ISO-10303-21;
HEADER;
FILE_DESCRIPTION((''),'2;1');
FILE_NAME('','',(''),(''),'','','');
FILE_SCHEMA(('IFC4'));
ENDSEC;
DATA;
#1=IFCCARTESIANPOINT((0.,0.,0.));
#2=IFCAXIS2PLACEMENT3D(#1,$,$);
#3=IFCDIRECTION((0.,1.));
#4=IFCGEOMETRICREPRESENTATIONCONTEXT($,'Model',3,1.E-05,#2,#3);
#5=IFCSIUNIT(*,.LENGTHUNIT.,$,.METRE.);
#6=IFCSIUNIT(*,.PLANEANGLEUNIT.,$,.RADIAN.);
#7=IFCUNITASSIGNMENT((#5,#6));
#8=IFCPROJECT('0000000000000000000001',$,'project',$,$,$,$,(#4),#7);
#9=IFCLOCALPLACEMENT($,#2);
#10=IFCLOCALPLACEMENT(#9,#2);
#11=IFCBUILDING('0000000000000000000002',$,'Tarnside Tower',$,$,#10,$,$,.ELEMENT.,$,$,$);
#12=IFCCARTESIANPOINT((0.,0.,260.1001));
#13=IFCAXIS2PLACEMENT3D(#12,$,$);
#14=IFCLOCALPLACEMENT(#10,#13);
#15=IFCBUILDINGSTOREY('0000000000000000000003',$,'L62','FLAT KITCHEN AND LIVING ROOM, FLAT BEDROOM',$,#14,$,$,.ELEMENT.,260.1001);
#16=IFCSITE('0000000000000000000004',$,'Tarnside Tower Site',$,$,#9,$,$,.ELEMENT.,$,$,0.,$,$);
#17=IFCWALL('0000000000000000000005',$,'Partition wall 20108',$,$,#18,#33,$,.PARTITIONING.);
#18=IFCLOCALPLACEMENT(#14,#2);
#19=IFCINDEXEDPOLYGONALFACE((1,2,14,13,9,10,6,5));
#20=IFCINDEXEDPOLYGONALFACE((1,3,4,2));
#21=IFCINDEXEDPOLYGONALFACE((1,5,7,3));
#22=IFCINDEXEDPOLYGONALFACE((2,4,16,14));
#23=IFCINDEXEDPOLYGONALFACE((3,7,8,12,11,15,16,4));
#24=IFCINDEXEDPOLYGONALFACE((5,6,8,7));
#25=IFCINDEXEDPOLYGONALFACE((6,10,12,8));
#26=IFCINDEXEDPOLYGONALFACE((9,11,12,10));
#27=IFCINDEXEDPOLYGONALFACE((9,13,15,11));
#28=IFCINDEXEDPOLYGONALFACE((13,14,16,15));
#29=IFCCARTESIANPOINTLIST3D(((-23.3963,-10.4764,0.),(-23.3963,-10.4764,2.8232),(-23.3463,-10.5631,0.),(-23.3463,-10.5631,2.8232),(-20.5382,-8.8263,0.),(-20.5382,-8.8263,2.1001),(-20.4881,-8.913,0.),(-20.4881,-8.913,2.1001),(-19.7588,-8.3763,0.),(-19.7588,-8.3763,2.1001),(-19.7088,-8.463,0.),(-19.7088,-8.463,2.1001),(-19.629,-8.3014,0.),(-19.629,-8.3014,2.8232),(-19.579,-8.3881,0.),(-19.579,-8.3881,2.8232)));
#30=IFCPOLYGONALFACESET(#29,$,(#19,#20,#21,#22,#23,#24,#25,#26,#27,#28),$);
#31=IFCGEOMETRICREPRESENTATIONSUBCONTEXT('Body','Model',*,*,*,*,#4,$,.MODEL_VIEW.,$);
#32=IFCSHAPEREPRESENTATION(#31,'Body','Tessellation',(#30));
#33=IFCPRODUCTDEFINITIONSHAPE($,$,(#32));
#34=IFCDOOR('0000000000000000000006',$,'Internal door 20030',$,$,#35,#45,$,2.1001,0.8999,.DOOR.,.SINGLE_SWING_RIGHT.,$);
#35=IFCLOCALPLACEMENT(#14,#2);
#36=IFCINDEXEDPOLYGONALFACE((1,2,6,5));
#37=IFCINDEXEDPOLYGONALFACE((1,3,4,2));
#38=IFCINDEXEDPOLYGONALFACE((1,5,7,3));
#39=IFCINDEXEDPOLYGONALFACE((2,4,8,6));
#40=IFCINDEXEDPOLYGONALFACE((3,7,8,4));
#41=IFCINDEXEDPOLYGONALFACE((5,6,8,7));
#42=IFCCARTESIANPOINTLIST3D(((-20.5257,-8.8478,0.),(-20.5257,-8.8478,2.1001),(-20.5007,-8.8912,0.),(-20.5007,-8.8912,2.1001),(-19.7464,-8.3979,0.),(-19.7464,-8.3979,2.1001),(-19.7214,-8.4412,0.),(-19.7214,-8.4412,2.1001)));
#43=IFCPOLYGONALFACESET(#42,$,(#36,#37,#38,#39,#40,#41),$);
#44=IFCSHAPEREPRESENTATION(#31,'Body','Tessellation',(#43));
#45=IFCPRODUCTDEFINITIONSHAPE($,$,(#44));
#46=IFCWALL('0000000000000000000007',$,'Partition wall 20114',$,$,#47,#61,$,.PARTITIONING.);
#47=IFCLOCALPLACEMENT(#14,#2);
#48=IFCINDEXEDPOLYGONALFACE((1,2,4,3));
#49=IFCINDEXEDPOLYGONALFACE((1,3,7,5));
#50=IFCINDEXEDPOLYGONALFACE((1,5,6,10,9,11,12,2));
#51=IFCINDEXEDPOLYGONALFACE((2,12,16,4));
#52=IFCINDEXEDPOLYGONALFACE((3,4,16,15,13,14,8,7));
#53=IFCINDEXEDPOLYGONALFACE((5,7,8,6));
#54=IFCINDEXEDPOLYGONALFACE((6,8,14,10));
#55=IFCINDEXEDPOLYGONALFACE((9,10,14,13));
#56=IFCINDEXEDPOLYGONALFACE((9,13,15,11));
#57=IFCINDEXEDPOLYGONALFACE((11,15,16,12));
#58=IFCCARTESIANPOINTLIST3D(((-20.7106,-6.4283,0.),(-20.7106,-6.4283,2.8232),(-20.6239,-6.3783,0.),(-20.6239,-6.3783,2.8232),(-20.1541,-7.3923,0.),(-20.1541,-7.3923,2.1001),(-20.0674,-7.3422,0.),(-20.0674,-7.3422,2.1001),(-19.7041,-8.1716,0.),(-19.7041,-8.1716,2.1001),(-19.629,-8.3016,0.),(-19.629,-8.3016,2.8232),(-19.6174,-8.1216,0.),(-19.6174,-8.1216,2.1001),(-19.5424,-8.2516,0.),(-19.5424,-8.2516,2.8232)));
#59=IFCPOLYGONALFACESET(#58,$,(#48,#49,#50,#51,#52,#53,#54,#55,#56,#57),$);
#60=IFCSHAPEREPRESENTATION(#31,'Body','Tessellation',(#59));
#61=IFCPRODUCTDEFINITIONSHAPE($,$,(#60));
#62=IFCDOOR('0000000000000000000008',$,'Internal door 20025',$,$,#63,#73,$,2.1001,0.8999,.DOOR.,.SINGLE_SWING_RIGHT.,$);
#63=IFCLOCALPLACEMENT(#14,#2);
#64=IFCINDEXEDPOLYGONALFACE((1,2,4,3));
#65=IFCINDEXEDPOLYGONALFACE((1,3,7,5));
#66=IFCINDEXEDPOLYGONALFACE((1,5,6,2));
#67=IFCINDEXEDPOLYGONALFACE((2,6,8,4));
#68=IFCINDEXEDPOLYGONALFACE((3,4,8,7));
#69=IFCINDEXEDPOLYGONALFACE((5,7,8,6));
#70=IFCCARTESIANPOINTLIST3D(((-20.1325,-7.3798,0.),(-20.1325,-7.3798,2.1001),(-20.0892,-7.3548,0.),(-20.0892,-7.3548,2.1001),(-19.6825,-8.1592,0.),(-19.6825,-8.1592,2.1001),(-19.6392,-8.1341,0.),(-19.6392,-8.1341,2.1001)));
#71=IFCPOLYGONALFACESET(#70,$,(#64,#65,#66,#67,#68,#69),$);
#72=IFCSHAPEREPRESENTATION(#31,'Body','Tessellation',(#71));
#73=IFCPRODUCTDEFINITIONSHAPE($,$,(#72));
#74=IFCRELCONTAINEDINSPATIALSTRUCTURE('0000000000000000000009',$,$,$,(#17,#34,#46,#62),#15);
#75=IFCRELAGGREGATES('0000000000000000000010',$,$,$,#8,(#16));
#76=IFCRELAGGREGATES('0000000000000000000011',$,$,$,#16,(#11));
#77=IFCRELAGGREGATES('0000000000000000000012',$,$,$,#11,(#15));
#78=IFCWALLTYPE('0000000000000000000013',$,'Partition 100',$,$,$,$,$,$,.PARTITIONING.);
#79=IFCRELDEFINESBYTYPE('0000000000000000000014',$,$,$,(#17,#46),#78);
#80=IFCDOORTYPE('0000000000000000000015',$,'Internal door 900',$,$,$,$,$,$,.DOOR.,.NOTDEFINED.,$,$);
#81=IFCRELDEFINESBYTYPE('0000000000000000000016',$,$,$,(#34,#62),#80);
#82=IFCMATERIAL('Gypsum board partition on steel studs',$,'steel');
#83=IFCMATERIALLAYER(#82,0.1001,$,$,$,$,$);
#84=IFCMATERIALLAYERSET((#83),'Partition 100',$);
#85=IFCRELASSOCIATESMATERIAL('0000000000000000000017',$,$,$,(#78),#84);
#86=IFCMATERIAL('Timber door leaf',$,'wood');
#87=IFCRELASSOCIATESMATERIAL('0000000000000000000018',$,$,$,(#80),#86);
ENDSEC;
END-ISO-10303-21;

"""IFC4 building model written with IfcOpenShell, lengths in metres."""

from ifc_helpers import new_model, si_unit, direction, frame, frame_2d, origin, place, context, subcontext, project, spatial, rectangle, extrude, material, layer, layer_set, type_object, element, fill, save


model = new_model("IFC4")

# Units and contexts
model_context = context("Model", 3, precision=1e-05, world=origin(), true_north=direction((0.0, 1.0)))
body_context = subcontext(model_context, "Body", "Model", "MODEL_VIEW")
ifc_project = project(units=[si_unit("LENGTHUNIT", "METRE"), si_unit("PLANEANGLEUNIT", "RADIAN")], contexts=[model_context])

# Site, building, storey
site_placement = place(None, origin())
site = spatial("IfcSite", under=ifc_project, at=site_placement, Name="Tarnside Tower Site", CompositionType="ELEMENT", RefElevation=0.0)
building_placement = place(site_placement, origin())
building = spatial("IfcBuilding", under=site, at=building_placement, Name="Tarnside Tower", CompositionType="ELEMENT")
storey_placement = place(building_placement, frame((0.0, 0.0, 260.1001)))
storey = spatial("IfcBuildingStorey", under=building, at=storey_placement, Name="L62", Description="FLAT KITCHEN AND LIVING ROOM, FLAT BEDROOM", CompositionType="ELEMENT", Elevation=260.1001)

# Shared definitions
ifc_material_1 = material(Name="Gypsum board partition on steel studs", Category="steel")

# Shared definitions
ifc_material_2 = material(Name="Timber door leaf", Category="wood")

# Walls, openings, doors
ifc_layer_1 = layer(ifc_material_1, 0.1001)
ifc_layer_set_1 = layer_set([ifc_layer_1], Name="Partition 100")
wall_type_1 = type_object("IfcWallType", Name="Partition 100", PredefinedType="PARTITIONING", material=ifc_layer_set_1)
wall_1_placement = place(storey_placement, frame((-19.604, -8.3447, 0.0), z_axis=(0.0, 0.0, 1.0), x_axis=(-0.866028, -0.499996, 0.0)))
wall_1 = element("IfcWall", 1, at=wall_1_placement, inside=storey, type_object=wall_type_1, Name="Partition wall 20108", PredefinedType="PARTITIONING", context=body_context, shape_type="SweptSolid", body=[
    extrude(rectangle(XDim=4.3501, YDim=0.1001, at=frame_2d((2.175, 0.0))), origin(), (0.0, 0.0, 1.0), 2.8232),
])
opening_1_placement = place(wall_1_placement, frame((0.1499, 0.0, 0.0)))
opening_1 = element("IfcOpeningElement", 2, at=opening_1_placement, cuts=wall_1, PredefinedType="OPENING", context=body_context, shape_type="SweptSolid", body=[
    extrude(rectangle(XDim=0.8999, YDim=2.1001, at=frame_2d((0.45, 1.05))), frame((0.0, 0.0601, 0.0), z_axis=(0.0, -1.0, 0.0), x_axis=(1.0, 0.0, 0.0)), (0.0, 0.0, 1.0), 0.1201),
])
door_type_1 = type_object("IfcDoorType", Name="Internal door 900", OperationType="NOTDEFINED", PredefinedType="DOOR", material=ifc_material_2)
door_1_placement = place(opening_1_placement, origin())
door_1 = element("IfcDoor", 3, at=door_1_placement, inside=storey, type_object=door_type_1, Name="Internal door 20030", OperationType="SINGLE_SWING_RIGHT", OverallHeight=2.1001, OverallWidth=0.8999, PredefinedType="DOOR", context=body_context, shape_type="SweptSolid", body=[
    extrude(rectangle(XDim=0.8999, YDim=2.1001, at=frame_2d((0.45, 1.05))), frame((0.0, 0.0249, 0.0), z_axis=(0.0, -1.0, 0.0), x_axis=(1.0, 0.0, 0.0)), (0.0, 0.0, 1.0), 0.05),
])
fill(opening_1, door_1)
wall_2_placement = place(storey_placement, frame((-20.6672, -6.4033, 0.0), z_axis=(0.0, 0.0, 1.0), x_axis=(0.499999, -0.866026, 0.0)))
wall_2 = element("IfcWall", 4, at=wall_2_placement, inside=storey, type_object=wall_type_1, Name="Partition wall 20114", PredefinedType="PARTITIONING", context=body_context, shape_type="SweptSolid", body=[
    extrude(rectangle(XDim=2.1631, YDim=0.1001, at=frame_2d((1.0815, 0.0))), origin(), (0.0, 0.0, 1.0), 2.8232),
])
opening_2_placement = place(wall_2_placement, frame((1.113, 0.0, 0.0)))
opening_2 = element("IfcOpeningElement", 5, at=opening_2_placement, cuts=wall_2, PredefinedType="OPENING", context=body_context, shape_type="SweptSolid", body=[
    extrude(rectangle(XDim=0.8999, YDim=2.1001, at=frame_2d((0.45, 1.05))), frame((0.0, 0.0601, 0.0), z_axis=(0.0, -1.0, 0.0), x_axis=(1.0, 0.0, 0.0)), (0.0, 0.0, 1.0), 0.1201),
])
door_2_placement = place(opening_2_placement, origin())
door_2 = element("IfcDoor", 6, at=door_2_placement, inside=storey, type_object=door_type_1, Name="Internal door 20025", OperationType="SINGLE_SWING_RIGHT", OverallHeight=2.1001, OverallWidth=0.8999, PredefinedType="DOOR", context=body_context, shape_type="SweptSolid", body=[
    extrude(rectangle(XDim=0.8999, YDim=2.1001, at=frame_2d((0.45, 1.05))), frame((0.0, 0.0249, 0.0), z_axis=(0.0, -1.0, 0.0), x_axis=(1.0, 0.0, 0.0)), (0.0, 0.0, 1.0), 0.05),
])
fill(opening_2, door_2)

save(model, "model.ifc")
